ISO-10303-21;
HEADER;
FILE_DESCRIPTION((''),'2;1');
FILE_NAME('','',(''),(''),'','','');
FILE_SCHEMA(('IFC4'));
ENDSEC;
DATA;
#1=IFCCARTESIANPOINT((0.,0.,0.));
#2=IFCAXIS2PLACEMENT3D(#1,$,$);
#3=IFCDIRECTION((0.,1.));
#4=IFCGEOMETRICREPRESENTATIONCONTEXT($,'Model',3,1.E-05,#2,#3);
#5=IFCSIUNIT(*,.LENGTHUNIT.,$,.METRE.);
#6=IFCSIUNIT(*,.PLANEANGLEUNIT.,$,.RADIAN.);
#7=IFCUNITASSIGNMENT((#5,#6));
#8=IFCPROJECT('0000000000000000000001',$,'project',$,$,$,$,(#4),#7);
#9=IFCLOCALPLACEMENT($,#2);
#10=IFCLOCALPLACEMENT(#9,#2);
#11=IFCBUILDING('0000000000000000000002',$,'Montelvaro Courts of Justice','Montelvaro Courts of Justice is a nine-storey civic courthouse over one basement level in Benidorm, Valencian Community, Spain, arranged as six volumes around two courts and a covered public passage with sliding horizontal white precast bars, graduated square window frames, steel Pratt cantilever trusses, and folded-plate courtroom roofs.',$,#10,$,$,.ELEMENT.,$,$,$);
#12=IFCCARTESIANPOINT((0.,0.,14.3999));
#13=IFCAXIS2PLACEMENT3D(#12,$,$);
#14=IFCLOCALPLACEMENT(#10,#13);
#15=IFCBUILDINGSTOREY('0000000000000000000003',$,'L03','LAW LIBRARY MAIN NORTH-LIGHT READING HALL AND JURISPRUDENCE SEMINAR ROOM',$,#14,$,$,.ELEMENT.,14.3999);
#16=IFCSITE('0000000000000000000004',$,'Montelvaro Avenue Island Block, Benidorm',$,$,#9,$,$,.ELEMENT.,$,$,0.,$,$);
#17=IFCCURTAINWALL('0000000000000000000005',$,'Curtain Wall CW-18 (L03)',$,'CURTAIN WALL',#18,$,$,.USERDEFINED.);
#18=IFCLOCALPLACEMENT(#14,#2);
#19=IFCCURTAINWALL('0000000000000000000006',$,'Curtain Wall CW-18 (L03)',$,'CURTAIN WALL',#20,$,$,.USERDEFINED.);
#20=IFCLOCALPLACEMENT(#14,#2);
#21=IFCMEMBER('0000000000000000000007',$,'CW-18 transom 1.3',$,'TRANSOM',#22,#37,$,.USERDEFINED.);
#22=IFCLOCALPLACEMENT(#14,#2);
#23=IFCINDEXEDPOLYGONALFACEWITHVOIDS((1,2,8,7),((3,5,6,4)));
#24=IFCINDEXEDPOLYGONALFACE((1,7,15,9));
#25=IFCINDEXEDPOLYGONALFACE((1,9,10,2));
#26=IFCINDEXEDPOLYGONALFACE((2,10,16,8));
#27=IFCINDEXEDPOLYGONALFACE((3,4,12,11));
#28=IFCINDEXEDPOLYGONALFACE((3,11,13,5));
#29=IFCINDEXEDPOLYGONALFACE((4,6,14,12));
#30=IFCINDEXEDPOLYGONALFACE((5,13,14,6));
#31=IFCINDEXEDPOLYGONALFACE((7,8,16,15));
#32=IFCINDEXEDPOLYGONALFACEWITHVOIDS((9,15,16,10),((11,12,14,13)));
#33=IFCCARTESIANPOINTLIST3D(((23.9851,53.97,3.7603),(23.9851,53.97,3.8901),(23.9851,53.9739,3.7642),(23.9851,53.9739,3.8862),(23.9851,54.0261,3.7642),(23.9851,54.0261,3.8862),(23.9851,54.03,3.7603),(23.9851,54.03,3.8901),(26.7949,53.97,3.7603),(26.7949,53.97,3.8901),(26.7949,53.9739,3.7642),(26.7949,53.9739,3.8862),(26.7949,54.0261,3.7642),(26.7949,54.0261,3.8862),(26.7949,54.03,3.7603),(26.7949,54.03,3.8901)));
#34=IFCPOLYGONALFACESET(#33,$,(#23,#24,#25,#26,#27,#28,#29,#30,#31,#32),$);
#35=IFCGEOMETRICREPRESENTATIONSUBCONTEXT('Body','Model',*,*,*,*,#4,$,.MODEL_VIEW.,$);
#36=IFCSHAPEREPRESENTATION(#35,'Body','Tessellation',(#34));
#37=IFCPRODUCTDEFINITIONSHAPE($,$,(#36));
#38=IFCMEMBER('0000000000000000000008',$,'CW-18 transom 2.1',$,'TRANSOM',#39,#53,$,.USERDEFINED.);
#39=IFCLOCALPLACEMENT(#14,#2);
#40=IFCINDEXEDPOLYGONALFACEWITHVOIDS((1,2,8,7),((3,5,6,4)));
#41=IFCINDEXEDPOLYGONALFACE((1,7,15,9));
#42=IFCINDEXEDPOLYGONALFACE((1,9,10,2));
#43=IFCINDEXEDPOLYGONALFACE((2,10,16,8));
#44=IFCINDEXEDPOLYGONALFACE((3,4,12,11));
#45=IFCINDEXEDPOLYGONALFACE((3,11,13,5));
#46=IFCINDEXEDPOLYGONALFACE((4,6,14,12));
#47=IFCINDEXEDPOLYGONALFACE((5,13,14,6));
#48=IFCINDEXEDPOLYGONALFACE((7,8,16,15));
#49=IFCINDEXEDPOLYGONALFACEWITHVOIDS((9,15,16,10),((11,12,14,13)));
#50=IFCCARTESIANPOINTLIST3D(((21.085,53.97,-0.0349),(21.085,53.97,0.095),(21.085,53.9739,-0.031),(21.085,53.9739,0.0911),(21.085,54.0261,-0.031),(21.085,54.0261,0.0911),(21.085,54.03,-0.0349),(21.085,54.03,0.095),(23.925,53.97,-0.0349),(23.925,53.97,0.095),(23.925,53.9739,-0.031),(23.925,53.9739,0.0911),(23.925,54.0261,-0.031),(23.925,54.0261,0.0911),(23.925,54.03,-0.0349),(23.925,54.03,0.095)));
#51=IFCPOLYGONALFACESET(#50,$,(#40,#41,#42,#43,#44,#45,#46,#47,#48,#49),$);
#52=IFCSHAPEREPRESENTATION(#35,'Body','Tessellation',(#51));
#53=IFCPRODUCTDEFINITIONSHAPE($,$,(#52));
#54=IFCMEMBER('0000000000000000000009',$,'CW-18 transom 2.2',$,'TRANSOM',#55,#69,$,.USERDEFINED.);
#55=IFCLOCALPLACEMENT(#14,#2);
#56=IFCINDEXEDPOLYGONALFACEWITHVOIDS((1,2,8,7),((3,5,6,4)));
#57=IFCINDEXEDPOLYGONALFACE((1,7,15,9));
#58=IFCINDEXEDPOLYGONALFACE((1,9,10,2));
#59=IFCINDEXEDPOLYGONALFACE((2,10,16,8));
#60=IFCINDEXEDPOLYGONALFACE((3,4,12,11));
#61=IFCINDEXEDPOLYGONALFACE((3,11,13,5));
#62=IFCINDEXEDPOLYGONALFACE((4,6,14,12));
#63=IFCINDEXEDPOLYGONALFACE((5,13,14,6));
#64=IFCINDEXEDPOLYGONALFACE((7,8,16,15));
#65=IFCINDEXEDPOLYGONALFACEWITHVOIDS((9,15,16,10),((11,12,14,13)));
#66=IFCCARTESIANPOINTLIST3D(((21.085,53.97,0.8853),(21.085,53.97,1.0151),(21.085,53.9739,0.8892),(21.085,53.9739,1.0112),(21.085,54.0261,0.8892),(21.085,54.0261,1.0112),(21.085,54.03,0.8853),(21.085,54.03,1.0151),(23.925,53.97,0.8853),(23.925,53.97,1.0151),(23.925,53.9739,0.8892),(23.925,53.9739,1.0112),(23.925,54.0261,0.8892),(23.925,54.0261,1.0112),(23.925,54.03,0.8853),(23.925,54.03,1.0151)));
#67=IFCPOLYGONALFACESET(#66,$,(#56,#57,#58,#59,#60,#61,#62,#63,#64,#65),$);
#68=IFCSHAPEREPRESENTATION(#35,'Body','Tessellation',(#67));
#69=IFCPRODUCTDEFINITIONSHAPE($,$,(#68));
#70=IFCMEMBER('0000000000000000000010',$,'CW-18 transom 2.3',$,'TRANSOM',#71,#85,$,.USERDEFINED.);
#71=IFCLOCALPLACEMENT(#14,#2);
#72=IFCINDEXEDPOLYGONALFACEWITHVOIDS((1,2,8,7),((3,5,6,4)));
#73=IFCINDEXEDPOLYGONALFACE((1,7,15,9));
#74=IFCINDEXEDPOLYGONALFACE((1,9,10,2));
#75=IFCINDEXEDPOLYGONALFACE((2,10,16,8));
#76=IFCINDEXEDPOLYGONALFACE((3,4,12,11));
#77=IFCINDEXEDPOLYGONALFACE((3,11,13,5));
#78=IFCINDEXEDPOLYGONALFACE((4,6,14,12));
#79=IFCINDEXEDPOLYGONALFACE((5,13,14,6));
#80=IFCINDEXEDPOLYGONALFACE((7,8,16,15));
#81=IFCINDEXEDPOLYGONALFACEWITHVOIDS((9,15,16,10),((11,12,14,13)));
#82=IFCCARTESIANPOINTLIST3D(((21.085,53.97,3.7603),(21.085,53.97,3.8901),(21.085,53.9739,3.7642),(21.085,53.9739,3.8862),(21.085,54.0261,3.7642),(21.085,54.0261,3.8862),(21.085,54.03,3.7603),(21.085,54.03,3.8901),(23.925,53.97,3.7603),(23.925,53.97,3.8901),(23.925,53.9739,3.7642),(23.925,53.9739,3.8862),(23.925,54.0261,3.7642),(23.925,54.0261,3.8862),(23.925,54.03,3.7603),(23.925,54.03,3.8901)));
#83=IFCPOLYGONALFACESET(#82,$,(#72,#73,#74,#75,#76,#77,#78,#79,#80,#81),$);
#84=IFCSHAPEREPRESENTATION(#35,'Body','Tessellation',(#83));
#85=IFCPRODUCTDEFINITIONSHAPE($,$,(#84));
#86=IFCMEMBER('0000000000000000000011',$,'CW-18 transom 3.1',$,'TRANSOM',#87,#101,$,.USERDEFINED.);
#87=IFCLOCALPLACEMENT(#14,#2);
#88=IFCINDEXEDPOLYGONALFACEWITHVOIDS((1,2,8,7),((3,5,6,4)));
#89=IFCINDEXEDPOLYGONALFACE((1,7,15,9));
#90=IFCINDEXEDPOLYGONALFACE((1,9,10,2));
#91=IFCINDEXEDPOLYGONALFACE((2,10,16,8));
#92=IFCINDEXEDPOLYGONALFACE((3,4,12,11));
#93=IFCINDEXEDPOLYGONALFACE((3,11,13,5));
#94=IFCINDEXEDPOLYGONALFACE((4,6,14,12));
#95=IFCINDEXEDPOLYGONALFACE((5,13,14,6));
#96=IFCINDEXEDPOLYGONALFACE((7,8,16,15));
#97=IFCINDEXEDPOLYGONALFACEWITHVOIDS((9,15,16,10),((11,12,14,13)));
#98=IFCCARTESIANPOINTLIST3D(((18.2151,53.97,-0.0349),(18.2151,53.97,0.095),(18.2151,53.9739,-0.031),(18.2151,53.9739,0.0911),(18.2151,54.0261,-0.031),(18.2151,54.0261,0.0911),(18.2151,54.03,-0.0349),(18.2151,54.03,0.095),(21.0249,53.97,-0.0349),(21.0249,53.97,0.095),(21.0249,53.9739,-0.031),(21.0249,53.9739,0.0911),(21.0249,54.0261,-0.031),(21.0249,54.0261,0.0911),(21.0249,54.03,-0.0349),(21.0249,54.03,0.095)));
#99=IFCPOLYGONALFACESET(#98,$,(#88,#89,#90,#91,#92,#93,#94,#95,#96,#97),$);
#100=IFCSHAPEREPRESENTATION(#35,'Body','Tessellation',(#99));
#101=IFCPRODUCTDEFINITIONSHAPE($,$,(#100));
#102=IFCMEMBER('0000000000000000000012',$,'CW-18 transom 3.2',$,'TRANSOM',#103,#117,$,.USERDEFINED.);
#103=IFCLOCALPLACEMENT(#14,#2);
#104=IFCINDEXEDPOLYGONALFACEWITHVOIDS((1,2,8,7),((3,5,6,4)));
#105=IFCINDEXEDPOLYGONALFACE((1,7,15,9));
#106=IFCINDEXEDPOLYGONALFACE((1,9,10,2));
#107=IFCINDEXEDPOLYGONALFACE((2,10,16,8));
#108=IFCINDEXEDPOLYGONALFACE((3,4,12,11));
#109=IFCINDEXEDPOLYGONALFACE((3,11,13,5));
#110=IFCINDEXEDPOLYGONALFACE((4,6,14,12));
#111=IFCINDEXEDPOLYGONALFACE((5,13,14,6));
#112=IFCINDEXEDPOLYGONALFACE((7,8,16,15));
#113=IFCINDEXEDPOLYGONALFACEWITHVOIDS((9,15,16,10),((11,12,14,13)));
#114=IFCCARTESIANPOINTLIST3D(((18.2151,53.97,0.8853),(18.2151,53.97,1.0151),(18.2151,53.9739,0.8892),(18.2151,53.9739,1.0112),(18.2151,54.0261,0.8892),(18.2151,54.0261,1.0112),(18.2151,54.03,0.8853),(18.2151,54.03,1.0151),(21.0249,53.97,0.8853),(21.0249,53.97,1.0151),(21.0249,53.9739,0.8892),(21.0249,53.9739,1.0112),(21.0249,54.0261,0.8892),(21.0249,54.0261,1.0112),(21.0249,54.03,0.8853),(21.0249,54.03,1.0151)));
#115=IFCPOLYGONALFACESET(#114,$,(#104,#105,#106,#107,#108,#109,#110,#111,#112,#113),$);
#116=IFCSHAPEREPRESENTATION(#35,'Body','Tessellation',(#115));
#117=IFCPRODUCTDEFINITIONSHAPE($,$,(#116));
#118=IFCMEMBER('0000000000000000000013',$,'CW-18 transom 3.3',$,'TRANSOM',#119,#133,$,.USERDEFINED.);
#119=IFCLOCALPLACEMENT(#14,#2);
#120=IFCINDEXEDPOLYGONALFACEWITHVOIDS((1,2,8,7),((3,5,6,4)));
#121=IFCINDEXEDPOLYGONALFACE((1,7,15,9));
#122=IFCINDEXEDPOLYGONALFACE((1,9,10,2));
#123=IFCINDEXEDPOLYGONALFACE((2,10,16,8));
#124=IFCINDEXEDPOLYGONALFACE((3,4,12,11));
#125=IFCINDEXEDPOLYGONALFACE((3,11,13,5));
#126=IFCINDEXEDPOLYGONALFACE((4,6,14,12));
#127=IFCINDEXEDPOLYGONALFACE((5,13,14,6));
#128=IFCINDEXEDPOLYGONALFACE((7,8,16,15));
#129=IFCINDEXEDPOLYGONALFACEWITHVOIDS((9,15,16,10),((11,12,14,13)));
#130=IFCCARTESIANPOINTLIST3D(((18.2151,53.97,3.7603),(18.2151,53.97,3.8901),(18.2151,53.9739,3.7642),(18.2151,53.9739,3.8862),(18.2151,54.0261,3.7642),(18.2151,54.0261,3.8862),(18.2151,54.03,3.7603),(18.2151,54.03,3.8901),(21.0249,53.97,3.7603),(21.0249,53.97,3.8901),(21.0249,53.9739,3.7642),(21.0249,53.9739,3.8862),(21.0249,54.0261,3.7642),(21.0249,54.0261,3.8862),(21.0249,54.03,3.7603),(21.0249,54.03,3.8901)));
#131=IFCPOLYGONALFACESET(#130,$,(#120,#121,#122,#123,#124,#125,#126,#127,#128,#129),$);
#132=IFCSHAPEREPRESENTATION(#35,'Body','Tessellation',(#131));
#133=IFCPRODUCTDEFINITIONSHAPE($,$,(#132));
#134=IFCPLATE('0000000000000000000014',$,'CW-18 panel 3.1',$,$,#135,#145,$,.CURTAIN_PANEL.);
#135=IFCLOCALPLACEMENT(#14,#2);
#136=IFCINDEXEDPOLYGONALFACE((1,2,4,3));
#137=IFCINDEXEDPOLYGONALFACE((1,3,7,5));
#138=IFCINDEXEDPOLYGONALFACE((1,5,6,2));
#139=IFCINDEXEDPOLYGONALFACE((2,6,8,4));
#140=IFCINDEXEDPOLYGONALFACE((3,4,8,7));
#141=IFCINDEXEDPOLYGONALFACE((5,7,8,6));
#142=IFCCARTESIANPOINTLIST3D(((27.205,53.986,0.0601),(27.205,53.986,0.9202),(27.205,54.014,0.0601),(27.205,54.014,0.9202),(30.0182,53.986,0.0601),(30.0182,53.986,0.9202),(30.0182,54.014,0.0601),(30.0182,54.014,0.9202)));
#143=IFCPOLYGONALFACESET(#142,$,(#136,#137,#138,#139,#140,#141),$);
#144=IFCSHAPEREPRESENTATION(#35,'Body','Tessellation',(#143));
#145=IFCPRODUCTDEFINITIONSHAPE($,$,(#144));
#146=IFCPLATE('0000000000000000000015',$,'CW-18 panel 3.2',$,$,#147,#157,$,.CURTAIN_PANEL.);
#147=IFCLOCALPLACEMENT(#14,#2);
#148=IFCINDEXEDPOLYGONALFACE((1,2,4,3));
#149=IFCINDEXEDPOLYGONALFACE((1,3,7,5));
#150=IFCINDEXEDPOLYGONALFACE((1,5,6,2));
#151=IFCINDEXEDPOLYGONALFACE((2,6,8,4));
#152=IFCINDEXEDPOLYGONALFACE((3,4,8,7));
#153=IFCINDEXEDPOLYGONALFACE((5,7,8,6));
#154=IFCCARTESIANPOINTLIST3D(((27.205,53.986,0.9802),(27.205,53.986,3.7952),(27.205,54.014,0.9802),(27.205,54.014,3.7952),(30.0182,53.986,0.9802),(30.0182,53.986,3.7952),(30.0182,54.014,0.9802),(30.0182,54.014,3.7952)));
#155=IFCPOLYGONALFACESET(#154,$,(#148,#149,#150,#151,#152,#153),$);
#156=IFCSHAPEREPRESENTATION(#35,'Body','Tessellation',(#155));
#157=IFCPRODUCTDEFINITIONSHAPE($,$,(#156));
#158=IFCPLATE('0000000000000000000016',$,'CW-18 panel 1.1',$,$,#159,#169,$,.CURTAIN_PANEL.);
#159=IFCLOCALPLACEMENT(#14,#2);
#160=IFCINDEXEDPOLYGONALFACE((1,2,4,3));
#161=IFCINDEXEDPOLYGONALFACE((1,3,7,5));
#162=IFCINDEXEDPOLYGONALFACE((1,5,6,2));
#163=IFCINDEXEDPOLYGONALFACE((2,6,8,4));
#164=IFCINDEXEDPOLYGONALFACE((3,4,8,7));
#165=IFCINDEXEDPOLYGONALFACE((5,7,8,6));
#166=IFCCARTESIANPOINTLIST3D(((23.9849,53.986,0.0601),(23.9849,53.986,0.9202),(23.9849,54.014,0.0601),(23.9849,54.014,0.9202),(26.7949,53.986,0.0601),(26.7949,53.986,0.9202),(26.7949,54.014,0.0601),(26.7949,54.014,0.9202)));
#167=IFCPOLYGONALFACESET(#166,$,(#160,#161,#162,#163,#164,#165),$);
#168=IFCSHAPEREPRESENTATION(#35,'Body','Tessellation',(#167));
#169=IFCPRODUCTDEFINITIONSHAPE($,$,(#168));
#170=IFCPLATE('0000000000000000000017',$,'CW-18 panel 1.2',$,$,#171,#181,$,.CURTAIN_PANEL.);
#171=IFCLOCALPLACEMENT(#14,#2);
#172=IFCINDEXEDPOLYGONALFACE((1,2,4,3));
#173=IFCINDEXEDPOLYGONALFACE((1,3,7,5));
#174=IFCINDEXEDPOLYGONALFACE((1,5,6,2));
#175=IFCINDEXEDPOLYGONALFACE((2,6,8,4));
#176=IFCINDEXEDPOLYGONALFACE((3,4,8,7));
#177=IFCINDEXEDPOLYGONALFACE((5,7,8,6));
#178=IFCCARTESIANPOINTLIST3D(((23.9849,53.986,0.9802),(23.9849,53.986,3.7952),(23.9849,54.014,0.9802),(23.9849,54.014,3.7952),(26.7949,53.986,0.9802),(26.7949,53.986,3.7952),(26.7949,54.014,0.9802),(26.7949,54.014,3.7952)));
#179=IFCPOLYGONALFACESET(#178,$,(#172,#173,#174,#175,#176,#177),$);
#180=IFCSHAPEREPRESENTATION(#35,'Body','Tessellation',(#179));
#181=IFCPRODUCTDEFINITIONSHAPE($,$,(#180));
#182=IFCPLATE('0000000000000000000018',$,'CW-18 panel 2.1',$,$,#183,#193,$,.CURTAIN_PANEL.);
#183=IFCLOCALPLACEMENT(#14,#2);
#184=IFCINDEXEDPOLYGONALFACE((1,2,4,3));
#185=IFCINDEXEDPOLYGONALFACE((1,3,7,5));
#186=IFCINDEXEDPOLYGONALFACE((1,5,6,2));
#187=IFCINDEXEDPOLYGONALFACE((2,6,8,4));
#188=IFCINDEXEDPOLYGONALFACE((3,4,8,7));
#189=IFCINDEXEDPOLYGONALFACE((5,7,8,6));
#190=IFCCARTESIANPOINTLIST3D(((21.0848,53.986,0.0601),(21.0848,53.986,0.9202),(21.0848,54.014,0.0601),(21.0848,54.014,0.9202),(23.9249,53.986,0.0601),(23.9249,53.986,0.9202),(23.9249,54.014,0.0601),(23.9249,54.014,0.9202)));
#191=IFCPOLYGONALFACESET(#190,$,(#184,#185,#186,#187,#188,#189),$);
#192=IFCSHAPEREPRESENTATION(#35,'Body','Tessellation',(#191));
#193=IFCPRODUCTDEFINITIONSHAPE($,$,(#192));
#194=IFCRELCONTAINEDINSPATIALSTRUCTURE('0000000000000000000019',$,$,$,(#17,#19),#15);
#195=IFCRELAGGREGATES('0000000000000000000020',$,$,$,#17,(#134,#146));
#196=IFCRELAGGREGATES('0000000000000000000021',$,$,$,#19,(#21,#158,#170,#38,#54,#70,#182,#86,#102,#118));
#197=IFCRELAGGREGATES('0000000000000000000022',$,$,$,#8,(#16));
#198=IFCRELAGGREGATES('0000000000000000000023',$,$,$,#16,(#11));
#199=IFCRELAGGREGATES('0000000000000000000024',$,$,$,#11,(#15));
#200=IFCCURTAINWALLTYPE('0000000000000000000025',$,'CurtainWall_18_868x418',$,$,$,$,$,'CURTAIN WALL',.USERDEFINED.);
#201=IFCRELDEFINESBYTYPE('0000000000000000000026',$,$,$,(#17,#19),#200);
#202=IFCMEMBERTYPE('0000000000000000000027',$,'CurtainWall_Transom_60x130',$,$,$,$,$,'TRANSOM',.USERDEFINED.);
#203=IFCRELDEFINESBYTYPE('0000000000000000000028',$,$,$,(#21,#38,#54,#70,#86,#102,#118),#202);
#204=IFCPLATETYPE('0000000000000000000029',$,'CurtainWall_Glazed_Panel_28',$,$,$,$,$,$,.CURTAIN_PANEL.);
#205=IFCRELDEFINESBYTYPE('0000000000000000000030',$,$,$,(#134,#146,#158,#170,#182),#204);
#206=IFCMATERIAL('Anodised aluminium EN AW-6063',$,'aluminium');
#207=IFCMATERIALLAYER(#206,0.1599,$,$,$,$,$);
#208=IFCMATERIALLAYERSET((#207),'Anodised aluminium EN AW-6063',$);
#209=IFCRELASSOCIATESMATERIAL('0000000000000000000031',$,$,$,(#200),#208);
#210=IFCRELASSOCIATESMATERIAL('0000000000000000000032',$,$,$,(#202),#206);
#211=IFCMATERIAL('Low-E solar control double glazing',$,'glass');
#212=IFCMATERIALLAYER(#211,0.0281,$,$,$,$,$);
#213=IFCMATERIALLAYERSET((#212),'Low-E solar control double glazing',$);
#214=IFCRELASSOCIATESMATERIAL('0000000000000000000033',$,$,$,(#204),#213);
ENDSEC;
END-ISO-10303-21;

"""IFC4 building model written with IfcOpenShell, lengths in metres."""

from ifc_helpers import new_model, si_unit, direction, frame, origin, origin_2d, place, context, subcontext, project, spatial, rectangle, hollow_rectangle, extrude, material, layer, layer_set, material_profile, profile_set, type_object, element, aggregate, save


model = new_model("IFC4")

# Units and contexts
model_context = context("Model", 3, precision=1e-05, world=origin(), true_north=direction((0.0, 1.0)))
body_context = subcontext(model_context, "Body", "Model", "MODEL_VIEW")
ifc_project = project(units=[si_unit("LENGTHUNIT", "METRE"), si_unit("PLANEANGLEUNIT", "RADIAN")], contexts=[model_context])

# Site, building, storey
site_placement = place(None, origin())
site = spatial("IfcSite", under=ifc_project, at=site_placement, Name="Montelvaro Avenue Island Block, Benidorm", CompositionType="ELEMENT", RefElevation=0.0)
building_placement = place(site_placement, origin())
building = spatial("IfcBuilding", under=site, at=building_placement, Name="Montelvaro Courts of Justice", Description="Montelvaro Courts of Justice is a nine-storey civic courthouse over one basement level in Benidorm, Valencian Community, Spain, arranged as six volumes around two courts and a covered public passage with sliding horizontal white precast bars, graduated square window frames, steel Pratt cantilever trusses, and folded-plate courtroom roofs.", CompositionType="ELEMENT")
storey_placement = place(building_placement, frame((0.0, 0.0, 14.3999)))
storey = spatial("IfcBuildingStorey", under=building, at=storey_placement, Name="L03", Description="LAW LIBRARY MAIN NORTH-LIGHT READING HALL AND JURISPRUDENCE SEMINAR ROOM", CompositionType="ELEMENT", Elevation=14.3999)

# Curtain wall
ifc_material_1 = material(Name="Anodised aluminium EN AW-6063", Category="aluminium")
ifc_layer_1 = layer(ifc_material_1, 0.1599)
ifc_layer_set_1 = layer_set([ifc_layer_1], Name="Anodised aluminium EN AW-6063")
curtain_wall_type = type_object("IfcCurtainWallType", Name="CurtainWall_18_868x418", ElementType="CURTAIN WALL", PredefinedType="USERDEFINED", material=ifc_layer_set_1)
curtain_wall_1_placement = place(storey_placement, origin())
curtain_wall_1 = element("IfcCurtainWall", 1, at=curtain_wall_1_placement, inside=storey, type_object=curtain_wall_type, Name="Curtain Wall CW-18 (L03)", ObjectType="CURTAIN WALL", PredefinedType="USERDEFINED")

# Curtain wall, members
curtain_wall_2_placement = place(storey_placement, origin())
curtain_wall_2 = element("IfcCurtainWall", 2, at=curtain_wall_2_placement, inside=storey, type_object=curtain_wall_type, Name="Curtain Wall CW-18 (L03)", ObjectType="CURTAIN WALL", PredefinedType="USERDEFINED")
ifc_material_profile_1 = material_profile(ifc_material_1, hollow_rectangle(XDim=0.0601, YDim=0.1299, WallThickness=0.0039, at=origin_2d()), Name="ALU-T 60x130")
ifc_profile_set_1 = profile_set([ifc_material_profile_1], Name="Anodised aluminium EN AW-6063")
member_type_1 = type_object("IfcMemberType", Name="CurtainWall_Transom_60x130", ElementType="TRANSOM", PredefinedType="USERDEFINED", material=ifc_profile_set_1)
member_1_placement = place(storey_placement, frame((26.7949, 54.0, 3.8252), z_axis=(-1.0, 0.0, 0.0), x_axis=(0.0, -1.0, 0.0)))
member_1 = element("IfcMember", 3, at=member_1_placement, type_object=member_type_1, Name="CW-18 transom 1.3", ObjectType="TRANSOM", PredefinedType="USERDEFINED", context=body_context, shape_type="SweptSolid", body=[
    extrude(hollow_rectangle(XDim=0.0601, YDim=0.1299, WallThickness=0.0039, at=origin_2d()), origin(), (0.0, 0.0, 1.0), 2.8098),
])
member_2_placement = place(storey_placement, frame((23.925, 54.0, 0.03), z_axis=(-1.0, 0.0, 0.0), x_axis=(0.0, -1.0, 0.0)))
member_2 = element("IfcMember", 4, at=member_2_placement, type_object=member_type_1, Name="CW-18 transom 2.1", ObjectType="TRANSOM", PredefinedType="USERDEFINED", context=body_context, shape_type="SweptSolid", body=[
    extrude(hollow_rectangle(XDim=0.0601, YDim=0.1299, WallThickness=0.0039, at=origin_2d()), origin(), (0.0, 0.0, 1.0), 2.8401),
])
member_3_placement = place(storey_placement, frame((23.925, 54.0, 0.9502), z_axis=(-1.0, 0.0, 0.0), x_axis=(0.0, -1.0, 0.0)))
member_3 = element("IfcMember", 5, at=member_3_placement, type_object=member_type_1, Name="CW-18 transom 2.2", ObjectType="TRANSOM", PredefinedType="USERDEFINED", context=body_context, shape_type="SweptSolid", body=[
    extrude(hollow_rectangle(XDim=0.0601, YDim=0.1299, WallThickness=0.0039, at=origin_2d()), origin(), (0.0, 0.0, 1.0), 2.8401),
])
member_4_placement = place(storey_placement, frame((23.925, 54.0, 3.8252), z_axis=(-1.0, 0.0, 0.0), x_axis=(0.0, -1.0, 0.0)))
member_4 = element("IfcMember", 6, at=member_4_placement, type_object=member_type_1, Name="CW-18 transom 2.3", ObjectType="TRANSOM", PredefinedType="USERDEFINED", context=body_context, shape_type="SweptSolid", body=[
    extrude(hollow_rectangle(XDim=0.0601, YDim=0.1299, WallThickness=0.0039, at=origin_2d()), origin(), (0.0, 0.0, 1.0), 2.8401),
])
member_5_placement = place(storey_placement, frame((21.0249, 54.0, 0.03), z_axis=(-1.0, 0.0, 0.0), x_axis=(0.0, -1.0, 0.0)))
member_5 = element("IfcMember", 7, at=member_5_placement, type_object=member_type_1, Name="CW-18 transom 3.1", ObjectType="TRANSOM", PredefinedType="USERDEFINED", context=body_context, shape_type="SweptSolid", body=[
    extrude(hollow_rectangle(XDim=0.0601, YDim=0.1299, WallThickness=0.0039, at=origin_2d()), origin(), (0.0, 0.0, 1.0), 2.8098),
])
member_6_placement = place(storey_placement, frame((21.0249, 54.0, 0.9502), z_axis=(-1.0, 0.0, 0.0), x_axis=(0.0, -1.0, 0.0)))
member_6 = element("IfcMember", 8, at=member_6_placement, type_object=member_type_1, Name="CW-18 transom 3.2", ObjectType="TRANSOM", PredefinedType="USERDEFINED", context=body_context, shape_type="SweptSolid", body=[
    extrude(hollow_rectangle(XDim=0.0601, YDim=0.1299, WallThickness=0.0039, at=origin_2d()), origin(), (0.0, 0.0, 1.0), 2.8098),
])
member_7_placement = place(storey_placement, frame((21.0249, 54.0, 3.8252), z_axis=(-1.0, 0.0, 0.0), x_axis=(0.0, -1.0, 0.0)))
member_7 = element("IfcMember", 9, at=member_7_placement, type_object=member_type_1, Name="CW-18 transom 3.3", ObjectType="TRANSOM", PredefinedType="USERDEFINED", context=body_context, shape_type="SweptSolid", body=[
    extrude(hollow_rectangle(XDim=0.0601, YDim=0.1299, WallThickness=0.0039, at=origin_2d()), origin(), (0.0, 0.0, 1.0), 2.8098),
])

# Plates
ifc_material_2 = material(Name="Low-E solar control double glazing", Category="glass")
ifc_layer_2 = layer(ifc_material_2, 0.0281)
ifc_layer_set_2 = layer_set([ifc_layer_2], Name="Low-E solar control double glazing")
plate_type = type_object("IfcPlateType", Name="CurtainWall_Glazed_Panel_28", PredefinedType="CURTAIN_PANEL", material=ifc_layer_set_2)
plate_1_placement = place(storey_placement, frame((28.6116, 54.0, 0.0601), z_axis=(0.0, 0.0, 1.0), x_axis=(-1.0, 0.0, 0.0)))
plate_1 = element("IfcPlate", 10, at=plate_1_placement, type_object=plate_type, Name="CW-18 panel 3.1", PredefinedType="CURTAIN_PANEL", context=body_context, shape_type="SweptSolid", body=[
    extrude(rectangle(XDim=2.8132, YDim=0.0281, at=origin_2d()), origin(), (0.0, 0.0, 1.0), 0.8601),
])
plate_2_placement = place(storey_placement, frame((28.6116, 54.0, 0.9802), z_axis=(0.0, 0.0, 1.0), x_axis=(-1.0, 0.0, 0.0)))
plate_2 = element("IfcPlate", 11, at=plate_2_placement, type_object=plate_type, Name="CW-18 panel 3.2", PredefinedType="CURTAIN_PANEL", context=body_context, shape_type="SweptSolid", body=[
    extrude(rectangle(XDim=2.8132, YDim=0.0281, at=origin_2d()), origin(), (0.0, 0.0, 1.0), 2.8149),
])
aggregate(curtain_wall_1, [plate_1, plate_2])
plate_3_placement = place(storey_placement, frame((25.3899, 54.0, 0.0601), z_axis=(0.0, 0.0, 1.0), x_axis=(-1.0, 0.0, 0.0)))
plate_3 = element("IfcPlate", 12, at=plate_3_placement, type_object=plate_type, Name="CW-18 panel 1.1", PredefinedType="CURTAIN_PANEL", context=body_context, shape_type="SweptSolid", body=[
    extrude(rectangle(XDim=2.8101, YDim=0.0281, at=origin_2d()), origin(), (0.0, 0.0, 1.0), 0.8601),
])
plate_4_placement = place(storey_placement, frame((25.3899, 54.0, 0.9802), z_axis=(0.0, 0.0, 1.0), x_axis=(-1.0, 0.0, 0.0)))
plate_4 = element("IfcPlate", 13, at=plate_4_placement, type_object=plate_type, Name="CW-18 panel 1.2", PredefinedType="CURTAIN_PANEL", context=body_context, shape_type="SweptSolid", body=[
    extrude(rectangle(XDim=2.8101, YDim=0.0281, at=origin_2d()), origin(), (0.0, 0.0, 1.0), 2.8149),
])
plate_5_placement = place(storey_placement, frame((22.5049, 54.0, 0.0601), z_axis=(0.0, 0.0, 1.0), x_axis=(-1.0, 0.0, 0.0)))
plate_5 = element("IfcPlate", 14, at=plate_5_placement, type_object=plate_type, Name="CW-18 panel 2.1", PredefinedType="CURTAIN_PANEL", context=body_context, shape_type="SweptSolid", body=[
    extrude(rectangle(XDim=2.8401, YDim=0.0281, at=origin_2d()), origin(), (0.0, 0.0, 1.0), 0.8601),
])
aggregate(curtain_wall_2, [member_1, plate_3, plate_4, member_2, member_3, member_4, plate_5, member_5, member_6, member_7])

save(model, "model.ifc")
